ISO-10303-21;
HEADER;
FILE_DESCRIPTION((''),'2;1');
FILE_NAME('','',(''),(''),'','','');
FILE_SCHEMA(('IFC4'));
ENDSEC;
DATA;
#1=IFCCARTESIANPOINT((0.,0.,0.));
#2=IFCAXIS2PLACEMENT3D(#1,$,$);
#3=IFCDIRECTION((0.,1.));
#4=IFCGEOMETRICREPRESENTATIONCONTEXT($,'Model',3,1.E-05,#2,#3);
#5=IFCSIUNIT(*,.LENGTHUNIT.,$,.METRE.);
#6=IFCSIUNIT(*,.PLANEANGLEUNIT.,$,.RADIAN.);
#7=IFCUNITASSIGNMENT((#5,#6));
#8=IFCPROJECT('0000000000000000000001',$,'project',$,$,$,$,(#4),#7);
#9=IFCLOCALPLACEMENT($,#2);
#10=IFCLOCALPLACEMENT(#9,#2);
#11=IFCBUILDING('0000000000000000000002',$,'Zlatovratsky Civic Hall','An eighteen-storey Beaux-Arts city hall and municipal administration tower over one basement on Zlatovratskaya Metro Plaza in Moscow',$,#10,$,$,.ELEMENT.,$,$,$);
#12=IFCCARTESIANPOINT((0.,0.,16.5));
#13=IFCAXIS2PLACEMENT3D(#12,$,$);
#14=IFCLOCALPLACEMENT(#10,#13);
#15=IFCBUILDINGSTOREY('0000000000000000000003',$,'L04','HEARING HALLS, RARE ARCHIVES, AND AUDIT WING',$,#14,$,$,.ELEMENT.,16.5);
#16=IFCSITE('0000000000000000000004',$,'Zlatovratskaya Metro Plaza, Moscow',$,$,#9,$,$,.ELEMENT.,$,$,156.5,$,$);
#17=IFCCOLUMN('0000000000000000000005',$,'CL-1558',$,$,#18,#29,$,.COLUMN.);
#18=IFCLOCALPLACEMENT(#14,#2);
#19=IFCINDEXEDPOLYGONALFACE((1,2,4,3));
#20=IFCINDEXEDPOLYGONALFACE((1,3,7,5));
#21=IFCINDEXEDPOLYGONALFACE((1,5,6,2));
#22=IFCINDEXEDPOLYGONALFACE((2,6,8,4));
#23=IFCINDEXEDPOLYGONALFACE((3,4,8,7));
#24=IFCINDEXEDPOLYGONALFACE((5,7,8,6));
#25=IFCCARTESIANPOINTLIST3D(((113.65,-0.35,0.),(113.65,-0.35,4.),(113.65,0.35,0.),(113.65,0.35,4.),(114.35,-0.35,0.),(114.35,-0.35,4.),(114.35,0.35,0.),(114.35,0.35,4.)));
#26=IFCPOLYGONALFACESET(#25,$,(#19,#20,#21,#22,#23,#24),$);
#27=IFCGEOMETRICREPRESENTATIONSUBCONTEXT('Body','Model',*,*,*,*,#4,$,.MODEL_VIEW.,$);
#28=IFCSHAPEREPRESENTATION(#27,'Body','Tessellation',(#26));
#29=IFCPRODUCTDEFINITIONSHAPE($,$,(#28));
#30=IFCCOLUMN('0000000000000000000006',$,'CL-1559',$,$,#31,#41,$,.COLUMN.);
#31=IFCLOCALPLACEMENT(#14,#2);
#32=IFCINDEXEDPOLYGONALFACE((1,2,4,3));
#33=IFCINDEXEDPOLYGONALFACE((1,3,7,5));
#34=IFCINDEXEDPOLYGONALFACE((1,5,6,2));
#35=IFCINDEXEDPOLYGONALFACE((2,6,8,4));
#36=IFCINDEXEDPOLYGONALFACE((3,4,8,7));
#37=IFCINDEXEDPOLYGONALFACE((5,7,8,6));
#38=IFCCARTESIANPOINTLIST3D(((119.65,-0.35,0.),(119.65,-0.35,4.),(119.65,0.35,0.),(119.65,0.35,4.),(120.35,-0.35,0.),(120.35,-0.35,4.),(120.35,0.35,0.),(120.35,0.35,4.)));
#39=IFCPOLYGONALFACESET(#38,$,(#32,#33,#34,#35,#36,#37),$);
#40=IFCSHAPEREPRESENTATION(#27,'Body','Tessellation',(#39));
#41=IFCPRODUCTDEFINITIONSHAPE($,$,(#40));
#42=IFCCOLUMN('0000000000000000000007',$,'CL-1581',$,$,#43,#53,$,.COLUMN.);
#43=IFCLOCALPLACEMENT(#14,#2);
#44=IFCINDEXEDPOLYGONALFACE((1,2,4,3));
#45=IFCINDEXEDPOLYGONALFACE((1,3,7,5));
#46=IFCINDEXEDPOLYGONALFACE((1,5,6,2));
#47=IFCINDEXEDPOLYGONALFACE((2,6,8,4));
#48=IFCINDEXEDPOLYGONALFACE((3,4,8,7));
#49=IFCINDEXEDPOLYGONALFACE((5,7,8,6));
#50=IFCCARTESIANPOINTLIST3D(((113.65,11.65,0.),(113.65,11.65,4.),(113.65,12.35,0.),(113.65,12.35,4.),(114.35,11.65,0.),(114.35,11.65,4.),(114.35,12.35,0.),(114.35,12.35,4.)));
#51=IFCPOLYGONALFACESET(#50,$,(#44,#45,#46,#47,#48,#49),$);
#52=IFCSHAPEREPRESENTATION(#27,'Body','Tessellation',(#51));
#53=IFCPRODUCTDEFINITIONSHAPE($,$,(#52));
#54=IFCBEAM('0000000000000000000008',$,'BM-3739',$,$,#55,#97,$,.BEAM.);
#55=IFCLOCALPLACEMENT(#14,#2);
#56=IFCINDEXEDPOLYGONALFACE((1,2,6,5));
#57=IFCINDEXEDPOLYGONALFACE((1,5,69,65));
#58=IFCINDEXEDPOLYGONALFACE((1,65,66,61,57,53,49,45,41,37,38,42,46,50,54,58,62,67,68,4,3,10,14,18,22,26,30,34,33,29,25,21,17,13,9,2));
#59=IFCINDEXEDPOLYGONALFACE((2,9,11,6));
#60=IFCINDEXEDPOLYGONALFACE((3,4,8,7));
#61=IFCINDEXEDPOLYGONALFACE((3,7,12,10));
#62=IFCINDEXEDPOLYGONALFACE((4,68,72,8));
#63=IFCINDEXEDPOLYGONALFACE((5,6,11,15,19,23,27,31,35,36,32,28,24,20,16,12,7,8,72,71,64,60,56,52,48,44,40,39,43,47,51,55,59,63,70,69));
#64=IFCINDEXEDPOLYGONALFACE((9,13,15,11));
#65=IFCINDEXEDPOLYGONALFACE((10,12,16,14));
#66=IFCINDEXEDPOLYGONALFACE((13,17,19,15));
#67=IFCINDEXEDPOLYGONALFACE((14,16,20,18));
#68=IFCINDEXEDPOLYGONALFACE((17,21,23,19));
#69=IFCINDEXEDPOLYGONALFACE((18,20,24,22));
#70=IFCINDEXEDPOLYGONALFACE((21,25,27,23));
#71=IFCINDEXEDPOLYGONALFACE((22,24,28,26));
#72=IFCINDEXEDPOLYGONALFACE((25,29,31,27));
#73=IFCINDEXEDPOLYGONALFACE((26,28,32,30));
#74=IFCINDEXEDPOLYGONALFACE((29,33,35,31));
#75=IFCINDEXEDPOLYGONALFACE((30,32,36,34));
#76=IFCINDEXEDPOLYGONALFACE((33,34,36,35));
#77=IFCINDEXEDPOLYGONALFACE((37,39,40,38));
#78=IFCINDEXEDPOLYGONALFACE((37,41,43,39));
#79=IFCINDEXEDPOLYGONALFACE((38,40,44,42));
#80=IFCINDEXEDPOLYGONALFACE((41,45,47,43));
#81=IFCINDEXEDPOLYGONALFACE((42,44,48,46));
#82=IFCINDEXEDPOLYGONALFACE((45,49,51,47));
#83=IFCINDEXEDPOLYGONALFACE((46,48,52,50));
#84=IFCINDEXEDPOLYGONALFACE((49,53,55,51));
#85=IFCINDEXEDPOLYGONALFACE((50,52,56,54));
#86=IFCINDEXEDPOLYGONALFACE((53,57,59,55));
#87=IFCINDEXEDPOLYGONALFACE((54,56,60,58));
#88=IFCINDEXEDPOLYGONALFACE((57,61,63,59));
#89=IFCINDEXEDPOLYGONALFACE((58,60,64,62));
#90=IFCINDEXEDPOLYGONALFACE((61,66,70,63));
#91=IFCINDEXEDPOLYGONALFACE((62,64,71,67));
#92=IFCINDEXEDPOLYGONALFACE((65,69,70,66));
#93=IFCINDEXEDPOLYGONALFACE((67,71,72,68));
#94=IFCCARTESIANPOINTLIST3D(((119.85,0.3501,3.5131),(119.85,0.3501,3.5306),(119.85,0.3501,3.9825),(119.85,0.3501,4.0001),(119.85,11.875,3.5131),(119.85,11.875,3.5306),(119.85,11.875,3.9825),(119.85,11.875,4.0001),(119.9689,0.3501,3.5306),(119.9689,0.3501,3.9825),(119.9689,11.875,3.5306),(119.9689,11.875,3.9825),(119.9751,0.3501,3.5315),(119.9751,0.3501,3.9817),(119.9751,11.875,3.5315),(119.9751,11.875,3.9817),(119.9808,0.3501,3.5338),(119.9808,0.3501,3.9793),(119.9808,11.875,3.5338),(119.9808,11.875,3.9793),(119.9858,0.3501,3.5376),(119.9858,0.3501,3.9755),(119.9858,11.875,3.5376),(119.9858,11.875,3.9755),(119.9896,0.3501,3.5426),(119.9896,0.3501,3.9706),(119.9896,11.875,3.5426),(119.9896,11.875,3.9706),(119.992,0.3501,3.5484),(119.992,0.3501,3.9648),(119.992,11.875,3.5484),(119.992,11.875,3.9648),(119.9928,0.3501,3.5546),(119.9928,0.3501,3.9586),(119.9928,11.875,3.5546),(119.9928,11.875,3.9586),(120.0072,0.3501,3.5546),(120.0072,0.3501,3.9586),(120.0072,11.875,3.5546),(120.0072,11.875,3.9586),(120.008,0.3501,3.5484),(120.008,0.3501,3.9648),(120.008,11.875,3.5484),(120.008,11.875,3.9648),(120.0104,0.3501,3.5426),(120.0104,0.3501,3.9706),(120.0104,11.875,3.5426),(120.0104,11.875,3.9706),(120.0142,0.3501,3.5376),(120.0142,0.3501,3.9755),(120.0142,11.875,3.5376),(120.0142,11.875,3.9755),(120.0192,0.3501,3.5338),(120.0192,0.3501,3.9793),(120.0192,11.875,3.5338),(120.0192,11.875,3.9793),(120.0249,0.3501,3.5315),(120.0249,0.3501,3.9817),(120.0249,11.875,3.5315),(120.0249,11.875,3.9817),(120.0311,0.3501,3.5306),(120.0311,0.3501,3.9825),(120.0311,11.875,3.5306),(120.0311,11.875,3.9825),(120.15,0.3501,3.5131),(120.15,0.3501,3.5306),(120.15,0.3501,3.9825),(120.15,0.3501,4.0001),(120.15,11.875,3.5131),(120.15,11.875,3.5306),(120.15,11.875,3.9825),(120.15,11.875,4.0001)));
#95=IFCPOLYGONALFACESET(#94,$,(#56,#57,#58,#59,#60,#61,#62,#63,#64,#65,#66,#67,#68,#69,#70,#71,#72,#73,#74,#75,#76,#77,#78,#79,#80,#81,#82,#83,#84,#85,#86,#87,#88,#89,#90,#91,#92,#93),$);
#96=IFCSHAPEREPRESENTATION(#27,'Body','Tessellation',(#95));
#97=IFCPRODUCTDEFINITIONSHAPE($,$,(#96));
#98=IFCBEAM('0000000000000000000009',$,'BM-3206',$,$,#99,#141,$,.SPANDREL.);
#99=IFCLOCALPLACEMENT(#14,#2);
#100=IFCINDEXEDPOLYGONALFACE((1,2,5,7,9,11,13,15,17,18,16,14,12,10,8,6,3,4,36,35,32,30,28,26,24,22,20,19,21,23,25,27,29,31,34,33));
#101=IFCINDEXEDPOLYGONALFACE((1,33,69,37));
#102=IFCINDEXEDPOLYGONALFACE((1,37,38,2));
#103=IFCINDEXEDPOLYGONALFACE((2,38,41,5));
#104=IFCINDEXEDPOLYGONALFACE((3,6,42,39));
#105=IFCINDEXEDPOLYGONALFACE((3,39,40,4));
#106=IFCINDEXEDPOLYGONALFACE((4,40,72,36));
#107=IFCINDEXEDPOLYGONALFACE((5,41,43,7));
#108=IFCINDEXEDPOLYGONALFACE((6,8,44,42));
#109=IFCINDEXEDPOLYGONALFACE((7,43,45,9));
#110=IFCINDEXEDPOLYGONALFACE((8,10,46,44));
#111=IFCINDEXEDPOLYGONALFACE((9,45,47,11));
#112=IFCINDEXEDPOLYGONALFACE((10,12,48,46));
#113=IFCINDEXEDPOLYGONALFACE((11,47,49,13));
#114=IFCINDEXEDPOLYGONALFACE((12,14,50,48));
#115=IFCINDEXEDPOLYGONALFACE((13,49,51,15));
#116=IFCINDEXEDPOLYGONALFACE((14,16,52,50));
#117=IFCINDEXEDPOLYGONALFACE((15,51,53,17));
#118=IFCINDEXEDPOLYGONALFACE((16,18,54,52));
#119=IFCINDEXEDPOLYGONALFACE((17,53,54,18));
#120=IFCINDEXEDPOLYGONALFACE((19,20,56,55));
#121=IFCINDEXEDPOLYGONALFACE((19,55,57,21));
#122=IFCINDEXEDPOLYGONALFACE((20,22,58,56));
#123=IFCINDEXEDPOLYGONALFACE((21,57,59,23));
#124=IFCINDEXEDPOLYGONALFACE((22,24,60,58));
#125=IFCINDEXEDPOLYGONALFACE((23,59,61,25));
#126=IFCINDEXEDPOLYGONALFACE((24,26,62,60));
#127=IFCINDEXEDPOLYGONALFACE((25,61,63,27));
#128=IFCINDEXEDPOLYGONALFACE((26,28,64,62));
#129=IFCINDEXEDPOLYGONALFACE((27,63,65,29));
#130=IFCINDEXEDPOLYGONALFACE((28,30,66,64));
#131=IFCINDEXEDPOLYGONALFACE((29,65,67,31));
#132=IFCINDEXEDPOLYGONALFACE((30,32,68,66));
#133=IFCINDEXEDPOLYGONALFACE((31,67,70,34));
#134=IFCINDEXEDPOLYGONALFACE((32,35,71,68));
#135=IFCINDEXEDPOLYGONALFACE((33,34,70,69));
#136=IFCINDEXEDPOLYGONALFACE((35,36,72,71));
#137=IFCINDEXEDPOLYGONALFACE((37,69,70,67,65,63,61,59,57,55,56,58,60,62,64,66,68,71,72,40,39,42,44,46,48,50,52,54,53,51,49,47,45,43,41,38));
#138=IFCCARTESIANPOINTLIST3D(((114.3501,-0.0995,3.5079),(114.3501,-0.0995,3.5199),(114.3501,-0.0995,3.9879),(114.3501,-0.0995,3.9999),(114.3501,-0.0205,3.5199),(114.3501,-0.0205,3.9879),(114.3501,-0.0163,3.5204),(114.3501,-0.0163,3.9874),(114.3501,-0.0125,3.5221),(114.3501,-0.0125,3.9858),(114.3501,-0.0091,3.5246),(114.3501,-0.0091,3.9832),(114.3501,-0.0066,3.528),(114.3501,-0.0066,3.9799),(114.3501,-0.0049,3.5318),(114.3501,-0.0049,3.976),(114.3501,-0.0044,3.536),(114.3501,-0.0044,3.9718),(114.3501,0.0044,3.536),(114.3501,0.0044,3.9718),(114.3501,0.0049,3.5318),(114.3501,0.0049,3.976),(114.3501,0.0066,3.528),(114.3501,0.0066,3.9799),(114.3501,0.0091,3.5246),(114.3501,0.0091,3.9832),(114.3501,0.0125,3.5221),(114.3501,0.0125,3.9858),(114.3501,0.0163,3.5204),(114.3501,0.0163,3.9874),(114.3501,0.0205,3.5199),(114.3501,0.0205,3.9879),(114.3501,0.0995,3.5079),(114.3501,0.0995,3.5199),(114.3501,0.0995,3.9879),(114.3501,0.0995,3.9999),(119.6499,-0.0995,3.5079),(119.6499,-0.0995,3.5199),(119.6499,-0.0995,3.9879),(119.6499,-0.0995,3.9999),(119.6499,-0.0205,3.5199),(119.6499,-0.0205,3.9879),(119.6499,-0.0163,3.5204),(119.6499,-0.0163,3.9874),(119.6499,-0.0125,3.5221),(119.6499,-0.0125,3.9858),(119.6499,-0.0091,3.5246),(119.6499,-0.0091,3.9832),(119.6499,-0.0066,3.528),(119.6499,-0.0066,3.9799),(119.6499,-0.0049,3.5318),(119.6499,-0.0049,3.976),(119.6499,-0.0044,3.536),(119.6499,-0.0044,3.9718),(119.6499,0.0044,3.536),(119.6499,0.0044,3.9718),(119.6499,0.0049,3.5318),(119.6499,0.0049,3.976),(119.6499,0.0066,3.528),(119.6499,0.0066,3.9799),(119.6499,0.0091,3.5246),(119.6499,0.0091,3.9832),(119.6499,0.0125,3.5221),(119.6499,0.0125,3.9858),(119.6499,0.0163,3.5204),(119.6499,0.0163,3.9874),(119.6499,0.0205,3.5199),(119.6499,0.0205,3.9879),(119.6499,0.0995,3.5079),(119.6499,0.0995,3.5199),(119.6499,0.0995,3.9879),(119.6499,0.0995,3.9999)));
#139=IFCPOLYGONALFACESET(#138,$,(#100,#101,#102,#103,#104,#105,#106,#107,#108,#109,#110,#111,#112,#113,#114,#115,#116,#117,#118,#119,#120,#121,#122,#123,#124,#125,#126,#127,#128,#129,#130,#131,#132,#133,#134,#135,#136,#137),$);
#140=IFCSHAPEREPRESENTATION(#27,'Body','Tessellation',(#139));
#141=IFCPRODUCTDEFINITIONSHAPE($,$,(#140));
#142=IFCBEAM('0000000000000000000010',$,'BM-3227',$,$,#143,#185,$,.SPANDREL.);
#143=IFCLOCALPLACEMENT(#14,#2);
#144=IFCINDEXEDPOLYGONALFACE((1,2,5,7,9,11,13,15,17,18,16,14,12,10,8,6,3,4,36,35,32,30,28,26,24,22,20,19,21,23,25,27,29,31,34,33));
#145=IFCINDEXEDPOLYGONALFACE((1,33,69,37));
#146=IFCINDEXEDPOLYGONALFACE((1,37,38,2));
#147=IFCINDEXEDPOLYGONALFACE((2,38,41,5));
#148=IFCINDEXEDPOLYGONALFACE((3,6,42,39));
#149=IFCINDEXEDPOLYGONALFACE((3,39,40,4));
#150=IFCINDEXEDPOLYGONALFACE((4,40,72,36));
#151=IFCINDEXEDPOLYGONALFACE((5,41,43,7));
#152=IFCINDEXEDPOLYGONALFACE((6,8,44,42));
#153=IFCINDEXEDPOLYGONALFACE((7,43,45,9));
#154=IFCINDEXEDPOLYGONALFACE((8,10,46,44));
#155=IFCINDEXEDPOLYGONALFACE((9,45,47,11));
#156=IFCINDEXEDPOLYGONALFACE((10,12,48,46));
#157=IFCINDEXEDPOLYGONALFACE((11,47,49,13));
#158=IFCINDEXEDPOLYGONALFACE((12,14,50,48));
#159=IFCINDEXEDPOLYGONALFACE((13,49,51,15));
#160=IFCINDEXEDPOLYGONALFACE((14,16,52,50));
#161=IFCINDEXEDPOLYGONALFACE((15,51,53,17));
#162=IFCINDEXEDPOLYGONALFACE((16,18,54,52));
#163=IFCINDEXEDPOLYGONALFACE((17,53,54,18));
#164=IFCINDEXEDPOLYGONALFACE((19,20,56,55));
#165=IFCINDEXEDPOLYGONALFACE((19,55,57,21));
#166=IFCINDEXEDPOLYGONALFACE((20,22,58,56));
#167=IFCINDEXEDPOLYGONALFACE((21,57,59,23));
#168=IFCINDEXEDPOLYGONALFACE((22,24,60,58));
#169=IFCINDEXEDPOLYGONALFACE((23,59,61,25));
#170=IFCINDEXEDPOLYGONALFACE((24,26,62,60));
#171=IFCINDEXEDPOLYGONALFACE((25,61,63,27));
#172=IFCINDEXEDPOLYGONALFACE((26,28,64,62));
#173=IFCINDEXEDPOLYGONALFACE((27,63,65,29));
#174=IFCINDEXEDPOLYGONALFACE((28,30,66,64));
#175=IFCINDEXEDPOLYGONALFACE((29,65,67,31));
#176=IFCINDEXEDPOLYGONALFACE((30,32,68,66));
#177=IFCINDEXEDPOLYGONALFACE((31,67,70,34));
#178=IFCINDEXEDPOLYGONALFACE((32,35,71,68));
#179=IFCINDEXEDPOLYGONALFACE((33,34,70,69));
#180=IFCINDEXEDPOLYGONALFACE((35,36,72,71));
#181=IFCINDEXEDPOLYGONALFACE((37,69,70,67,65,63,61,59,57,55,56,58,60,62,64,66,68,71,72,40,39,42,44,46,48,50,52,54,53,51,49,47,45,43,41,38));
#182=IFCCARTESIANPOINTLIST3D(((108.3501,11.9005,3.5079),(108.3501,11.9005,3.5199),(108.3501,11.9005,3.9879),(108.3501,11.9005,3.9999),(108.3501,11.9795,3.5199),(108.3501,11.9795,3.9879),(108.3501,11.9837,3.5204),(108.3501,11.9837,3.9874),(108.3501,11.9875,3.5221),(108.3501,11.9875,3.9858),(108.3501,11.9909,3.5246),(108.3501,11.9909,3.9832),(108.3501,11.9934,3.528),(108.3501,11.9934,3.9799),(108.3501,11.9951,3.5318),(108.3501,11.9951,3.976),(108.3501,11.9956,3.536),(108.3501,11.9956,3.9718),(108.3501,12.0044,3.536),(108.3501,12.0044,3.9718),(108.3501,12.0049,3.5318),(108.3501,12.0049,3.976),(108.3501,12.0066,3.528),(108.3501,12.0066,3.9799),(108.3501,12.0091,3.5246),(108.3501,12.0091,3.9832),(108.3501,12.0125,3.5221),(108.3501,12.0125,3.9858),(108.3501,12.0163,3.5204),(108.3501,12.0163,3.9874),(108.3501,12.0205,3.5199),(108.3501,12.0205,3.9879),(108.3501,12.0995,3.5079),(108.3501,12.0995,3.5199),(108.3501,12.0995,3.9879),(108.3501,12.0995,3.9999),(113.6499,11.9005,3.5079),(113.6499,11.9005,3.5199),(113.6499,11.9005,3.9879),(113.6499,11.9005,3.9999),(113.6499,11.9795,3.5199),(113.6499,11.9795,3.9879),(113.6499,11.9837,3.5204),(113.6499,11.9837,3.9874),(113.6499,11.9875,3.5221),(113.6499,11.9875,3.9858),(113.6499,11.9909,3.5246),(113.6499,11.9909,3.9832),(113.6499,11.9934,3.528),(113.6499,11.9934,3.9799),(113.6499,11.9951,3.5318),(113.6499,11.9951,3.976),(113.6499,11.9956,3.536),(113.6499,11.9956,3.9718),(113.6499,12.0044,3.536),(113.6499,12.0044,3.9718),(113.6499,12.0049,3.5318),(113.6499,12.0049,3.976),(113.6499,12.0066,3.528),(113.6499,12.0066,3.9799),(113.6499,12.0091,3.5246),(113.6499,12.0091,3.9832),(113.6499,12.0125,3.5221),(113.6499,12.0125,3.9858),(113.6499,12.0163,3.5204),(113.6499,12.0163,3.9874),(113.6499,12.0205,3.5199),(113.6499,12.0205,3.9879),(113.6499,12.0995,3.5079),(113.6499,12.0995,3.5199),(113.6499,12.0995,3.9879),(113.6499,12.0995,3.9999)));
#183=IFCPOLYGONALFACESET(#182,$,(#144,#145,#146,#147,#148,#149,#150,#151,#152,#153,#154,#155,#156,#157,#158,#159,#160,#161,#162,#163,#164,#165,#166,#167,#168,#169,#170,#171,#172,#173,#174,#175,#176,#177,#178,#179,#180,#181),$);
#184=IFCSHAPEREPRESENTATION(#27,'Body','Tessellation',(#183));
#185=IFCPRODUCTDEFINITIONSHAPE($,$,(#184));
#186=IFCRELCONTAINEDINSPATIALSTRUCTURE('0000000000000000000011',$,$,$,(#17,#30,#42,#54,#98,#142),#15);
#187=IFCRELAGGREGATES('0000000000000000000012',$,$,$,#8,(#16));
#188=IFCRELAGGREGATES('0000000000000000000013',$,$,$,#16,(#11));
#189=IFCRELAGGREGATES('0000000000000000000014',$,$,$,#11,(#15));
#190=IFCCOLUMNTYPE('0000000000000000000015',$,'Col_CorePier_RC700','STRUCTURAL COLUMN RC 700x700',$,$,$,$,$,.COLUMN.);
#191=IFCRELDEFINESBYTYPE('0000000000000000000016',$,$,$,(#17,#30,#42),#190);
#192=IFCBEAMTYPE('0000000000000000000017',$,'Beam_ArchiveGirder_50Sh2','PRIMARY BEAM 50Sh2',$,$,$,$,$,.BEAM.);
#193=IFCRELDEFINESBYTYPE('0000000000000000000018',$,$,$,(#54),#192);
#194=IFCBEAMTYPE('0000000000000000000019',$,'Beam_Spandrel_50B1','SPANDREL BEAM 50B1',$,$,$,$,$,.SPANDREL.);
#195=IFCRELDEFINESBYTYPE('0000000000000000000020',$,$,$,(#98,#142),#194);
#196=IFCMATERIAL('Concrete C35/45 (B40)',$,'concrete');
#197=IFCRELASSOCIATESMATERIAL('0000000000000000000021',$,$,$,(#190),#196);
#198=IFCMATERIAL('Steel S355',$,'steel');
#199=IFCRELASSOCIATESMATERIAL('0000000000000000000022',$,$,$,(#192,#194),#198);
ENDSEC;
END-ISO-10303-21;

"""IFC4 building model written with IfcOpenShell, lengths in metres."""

from ifc_helpers import new_model, si_unit, direction, frame, origin, origin_2d, place, context, subcontext, project, spatial, rectangle, i_section, extrude, material, material_profile, profile_set, type_object, element, save


model = new_model("IFC4")

# Units and contexts
model_context = context("Model", 3, precision=1e-05, world=origin(), true_north=direction((0.0, 1.0)))
body_context = subcontext(model_context, "Body", "Model", "MODEL_VIEW")
ifc_project = project(units=[si_unit("LENGTHUNIT", "METRE"), si_unit("PLANEANGLEUNIT", "RADIAN")], contexts=[model_context])

# Site, building, storey
site_placement = place(None, origin())
site = spatial("IfcSite", under=ifc_project, at=site_placement, Name="Zlatovratskaya Metro Plaza, Moscow", CompositionType="ELEMENT", RefElevation=156.5)
building_placement = place(site_placement, origin())
building = spatial("IfcBuilding", under=site, at=building_placement, Name="Zlatovratsky Civic Hall", Description="An eighteen-storey Beaux-Arts city hall and municipal administration tower over one basement on Zlatovratskaya Metro Plaza in Moscow", CompositionType="ELEMENT")
storey_placement = place(building_placement, frame((0.0, 0.0, 16.5)))
storey = spatial("IfcBuildingStorey", under=building, at=storey_placement, Name="L04", Description="HEARING HALLS, RARE ARCHIVES, AND AUDIT WING", CompositionType="ELEMENT", Elevation=16.5)

# Columns
ifc_material_1 = material(Name="Concrete C35/45 (B40)", Category="concrete")
ifc_material_profile_1 = material_profile(ifc_material_1, rectangle(XDim=0.7, YDim=0.7, at=origin_2d()), Name="RC 700x700")
ifc_profile_set_1 = profile_set([ifc_material_profile_1], Name="Concrete C35/45 (B40)")
column_type = type_object("IfcColumnType", Name="Col_CorePier_RC700", Description="STRUCTURAL COLUMN RC 700x700", PredefinedType="COLUMN", material=ifc_profile_set_1)
for number, where, z_axis, x_axis, name in (
    (1, (114.0, 0.0, 0.0), (0.0, 0.0, 1.0), (1.0, 0.0, 0.0), "CL-1558"),
    (2, (120.0, 0.0, 0.0), (0.0, 0.0, 1.0), (1.0, 0.0, 0.0), "CL-1559"),
    (3, (114.0, 12.0, 0.0), (0.0, 0.0, 1.0), (1.0, 0.0, 0.0), "CL-1581"),
):
    element("IfcColumn", number, at=place(storey_placement, frame(where, z_axis=z_axis, x_axis=x_axis)), inside=storey, type_object=column_type, Name=name, PredefinedType="COLUMN", context=body_context, shape_type="SweptSolid", body=[
        extrude(rectangle(XDim=0.7, YDim=0.7, at=origin_2d()), origin(), (0.0, 0.0, 1.0), 4.0),
    ])

# Beams
ifc_material_2 = material(Name="Steel S355", Category="steel")
ifc_material_profile_2 = material_profile(ifc_material_2, i_section(OverallWidth=0.3, OverallDepth=0.4871, WebThickness=0.0144, FlangeThickness=0.0176, FilletRadius=0.0239, at=origin_2d()), Name="50Sh2")
ifc_profile_set_2 = profile_set([ifc_material_profile_2], Name="Steel S355")
beam_type_1 = type_object("IfcBeamType", Name="Beam_ArchiveGirder_50Sh2", Description="PRIMARY BEAM 50Sh2", PredefinedType="BEAM", material=ifc_profile_set_2)
beam_1_placement = place(storey_placement, frame((120.0, 0.3501, 3.7566), z_axis=(0.0, 1.0, 0.0), x_axis=(-1.0, 0.0, 0.0)))
element("IfcBeam", 4, at=beam_1_placement, inside=storey, type_object=beam_type_1, Name="BM-3739", PredefinedType="BEAM", context=body_context, shape_type="SweptSolid", body=[
    extrude(i_section(OverallWidth=0.3, OverallDepth=0.4871, WebThickness=0.0144, FlangeThickness=0.0176, FilletRadius=0.0239, at=origin_2d()), origin(), (0.0, 0.0, 1.0), 11.5249),
])
ifc_material_profile_3 = material_profile(ifc_material_2, i_section(OverallWidth=0.199, OverallDepth=0.4919, WebThickness=0.0088, FlangeThickness=0.012, FilletRadius=0.0161, at=origin_2d()), Name="50B1")
ifc_profile_set_3 = profile_set([ifc_material_profile_3], Name="Steel S355")
beam_type_2 = type_object("IfcBeamType", Name="Beam_Spandrel_50B1", Description="SPANDREL BEAM 50B1", PredefinedType="SPANDREL", material=ifc_profile_set_3)
for number, where, z_axis, x_axis, name in (
    (5, (114.3501, 0.0, 3.7539), (1.0, 0.0, 0.0), (0.0, 1.0, 0.0), "BM-3206"),
    (6, (108.3501, 12.0, 3.7539), (1.0, 0.0, 0.0), (0.0, 1.0, 0.0), "BM-3227"),
):
    element("IfcBeam", number, at=place(storey_placement, frame(where, z_axis=z_axis, x_axis=x_axis)), inside=storey, type_object=beam_type_2, Name=name, PredefinedType="SPANDREL", context=body_context, shape_type="SweptSolid", body=[
        extrude(i_section(OverallWidth=0.199, OverallDepth=0.4919, WebThickness=0.0088, FlangeThickness=0.012, FilletRadius=0.0161, at=origin_2d()), origin(), (0.0, 0.0, 1.0), 5.2998),
    ])

save(model, "model.ifc")
